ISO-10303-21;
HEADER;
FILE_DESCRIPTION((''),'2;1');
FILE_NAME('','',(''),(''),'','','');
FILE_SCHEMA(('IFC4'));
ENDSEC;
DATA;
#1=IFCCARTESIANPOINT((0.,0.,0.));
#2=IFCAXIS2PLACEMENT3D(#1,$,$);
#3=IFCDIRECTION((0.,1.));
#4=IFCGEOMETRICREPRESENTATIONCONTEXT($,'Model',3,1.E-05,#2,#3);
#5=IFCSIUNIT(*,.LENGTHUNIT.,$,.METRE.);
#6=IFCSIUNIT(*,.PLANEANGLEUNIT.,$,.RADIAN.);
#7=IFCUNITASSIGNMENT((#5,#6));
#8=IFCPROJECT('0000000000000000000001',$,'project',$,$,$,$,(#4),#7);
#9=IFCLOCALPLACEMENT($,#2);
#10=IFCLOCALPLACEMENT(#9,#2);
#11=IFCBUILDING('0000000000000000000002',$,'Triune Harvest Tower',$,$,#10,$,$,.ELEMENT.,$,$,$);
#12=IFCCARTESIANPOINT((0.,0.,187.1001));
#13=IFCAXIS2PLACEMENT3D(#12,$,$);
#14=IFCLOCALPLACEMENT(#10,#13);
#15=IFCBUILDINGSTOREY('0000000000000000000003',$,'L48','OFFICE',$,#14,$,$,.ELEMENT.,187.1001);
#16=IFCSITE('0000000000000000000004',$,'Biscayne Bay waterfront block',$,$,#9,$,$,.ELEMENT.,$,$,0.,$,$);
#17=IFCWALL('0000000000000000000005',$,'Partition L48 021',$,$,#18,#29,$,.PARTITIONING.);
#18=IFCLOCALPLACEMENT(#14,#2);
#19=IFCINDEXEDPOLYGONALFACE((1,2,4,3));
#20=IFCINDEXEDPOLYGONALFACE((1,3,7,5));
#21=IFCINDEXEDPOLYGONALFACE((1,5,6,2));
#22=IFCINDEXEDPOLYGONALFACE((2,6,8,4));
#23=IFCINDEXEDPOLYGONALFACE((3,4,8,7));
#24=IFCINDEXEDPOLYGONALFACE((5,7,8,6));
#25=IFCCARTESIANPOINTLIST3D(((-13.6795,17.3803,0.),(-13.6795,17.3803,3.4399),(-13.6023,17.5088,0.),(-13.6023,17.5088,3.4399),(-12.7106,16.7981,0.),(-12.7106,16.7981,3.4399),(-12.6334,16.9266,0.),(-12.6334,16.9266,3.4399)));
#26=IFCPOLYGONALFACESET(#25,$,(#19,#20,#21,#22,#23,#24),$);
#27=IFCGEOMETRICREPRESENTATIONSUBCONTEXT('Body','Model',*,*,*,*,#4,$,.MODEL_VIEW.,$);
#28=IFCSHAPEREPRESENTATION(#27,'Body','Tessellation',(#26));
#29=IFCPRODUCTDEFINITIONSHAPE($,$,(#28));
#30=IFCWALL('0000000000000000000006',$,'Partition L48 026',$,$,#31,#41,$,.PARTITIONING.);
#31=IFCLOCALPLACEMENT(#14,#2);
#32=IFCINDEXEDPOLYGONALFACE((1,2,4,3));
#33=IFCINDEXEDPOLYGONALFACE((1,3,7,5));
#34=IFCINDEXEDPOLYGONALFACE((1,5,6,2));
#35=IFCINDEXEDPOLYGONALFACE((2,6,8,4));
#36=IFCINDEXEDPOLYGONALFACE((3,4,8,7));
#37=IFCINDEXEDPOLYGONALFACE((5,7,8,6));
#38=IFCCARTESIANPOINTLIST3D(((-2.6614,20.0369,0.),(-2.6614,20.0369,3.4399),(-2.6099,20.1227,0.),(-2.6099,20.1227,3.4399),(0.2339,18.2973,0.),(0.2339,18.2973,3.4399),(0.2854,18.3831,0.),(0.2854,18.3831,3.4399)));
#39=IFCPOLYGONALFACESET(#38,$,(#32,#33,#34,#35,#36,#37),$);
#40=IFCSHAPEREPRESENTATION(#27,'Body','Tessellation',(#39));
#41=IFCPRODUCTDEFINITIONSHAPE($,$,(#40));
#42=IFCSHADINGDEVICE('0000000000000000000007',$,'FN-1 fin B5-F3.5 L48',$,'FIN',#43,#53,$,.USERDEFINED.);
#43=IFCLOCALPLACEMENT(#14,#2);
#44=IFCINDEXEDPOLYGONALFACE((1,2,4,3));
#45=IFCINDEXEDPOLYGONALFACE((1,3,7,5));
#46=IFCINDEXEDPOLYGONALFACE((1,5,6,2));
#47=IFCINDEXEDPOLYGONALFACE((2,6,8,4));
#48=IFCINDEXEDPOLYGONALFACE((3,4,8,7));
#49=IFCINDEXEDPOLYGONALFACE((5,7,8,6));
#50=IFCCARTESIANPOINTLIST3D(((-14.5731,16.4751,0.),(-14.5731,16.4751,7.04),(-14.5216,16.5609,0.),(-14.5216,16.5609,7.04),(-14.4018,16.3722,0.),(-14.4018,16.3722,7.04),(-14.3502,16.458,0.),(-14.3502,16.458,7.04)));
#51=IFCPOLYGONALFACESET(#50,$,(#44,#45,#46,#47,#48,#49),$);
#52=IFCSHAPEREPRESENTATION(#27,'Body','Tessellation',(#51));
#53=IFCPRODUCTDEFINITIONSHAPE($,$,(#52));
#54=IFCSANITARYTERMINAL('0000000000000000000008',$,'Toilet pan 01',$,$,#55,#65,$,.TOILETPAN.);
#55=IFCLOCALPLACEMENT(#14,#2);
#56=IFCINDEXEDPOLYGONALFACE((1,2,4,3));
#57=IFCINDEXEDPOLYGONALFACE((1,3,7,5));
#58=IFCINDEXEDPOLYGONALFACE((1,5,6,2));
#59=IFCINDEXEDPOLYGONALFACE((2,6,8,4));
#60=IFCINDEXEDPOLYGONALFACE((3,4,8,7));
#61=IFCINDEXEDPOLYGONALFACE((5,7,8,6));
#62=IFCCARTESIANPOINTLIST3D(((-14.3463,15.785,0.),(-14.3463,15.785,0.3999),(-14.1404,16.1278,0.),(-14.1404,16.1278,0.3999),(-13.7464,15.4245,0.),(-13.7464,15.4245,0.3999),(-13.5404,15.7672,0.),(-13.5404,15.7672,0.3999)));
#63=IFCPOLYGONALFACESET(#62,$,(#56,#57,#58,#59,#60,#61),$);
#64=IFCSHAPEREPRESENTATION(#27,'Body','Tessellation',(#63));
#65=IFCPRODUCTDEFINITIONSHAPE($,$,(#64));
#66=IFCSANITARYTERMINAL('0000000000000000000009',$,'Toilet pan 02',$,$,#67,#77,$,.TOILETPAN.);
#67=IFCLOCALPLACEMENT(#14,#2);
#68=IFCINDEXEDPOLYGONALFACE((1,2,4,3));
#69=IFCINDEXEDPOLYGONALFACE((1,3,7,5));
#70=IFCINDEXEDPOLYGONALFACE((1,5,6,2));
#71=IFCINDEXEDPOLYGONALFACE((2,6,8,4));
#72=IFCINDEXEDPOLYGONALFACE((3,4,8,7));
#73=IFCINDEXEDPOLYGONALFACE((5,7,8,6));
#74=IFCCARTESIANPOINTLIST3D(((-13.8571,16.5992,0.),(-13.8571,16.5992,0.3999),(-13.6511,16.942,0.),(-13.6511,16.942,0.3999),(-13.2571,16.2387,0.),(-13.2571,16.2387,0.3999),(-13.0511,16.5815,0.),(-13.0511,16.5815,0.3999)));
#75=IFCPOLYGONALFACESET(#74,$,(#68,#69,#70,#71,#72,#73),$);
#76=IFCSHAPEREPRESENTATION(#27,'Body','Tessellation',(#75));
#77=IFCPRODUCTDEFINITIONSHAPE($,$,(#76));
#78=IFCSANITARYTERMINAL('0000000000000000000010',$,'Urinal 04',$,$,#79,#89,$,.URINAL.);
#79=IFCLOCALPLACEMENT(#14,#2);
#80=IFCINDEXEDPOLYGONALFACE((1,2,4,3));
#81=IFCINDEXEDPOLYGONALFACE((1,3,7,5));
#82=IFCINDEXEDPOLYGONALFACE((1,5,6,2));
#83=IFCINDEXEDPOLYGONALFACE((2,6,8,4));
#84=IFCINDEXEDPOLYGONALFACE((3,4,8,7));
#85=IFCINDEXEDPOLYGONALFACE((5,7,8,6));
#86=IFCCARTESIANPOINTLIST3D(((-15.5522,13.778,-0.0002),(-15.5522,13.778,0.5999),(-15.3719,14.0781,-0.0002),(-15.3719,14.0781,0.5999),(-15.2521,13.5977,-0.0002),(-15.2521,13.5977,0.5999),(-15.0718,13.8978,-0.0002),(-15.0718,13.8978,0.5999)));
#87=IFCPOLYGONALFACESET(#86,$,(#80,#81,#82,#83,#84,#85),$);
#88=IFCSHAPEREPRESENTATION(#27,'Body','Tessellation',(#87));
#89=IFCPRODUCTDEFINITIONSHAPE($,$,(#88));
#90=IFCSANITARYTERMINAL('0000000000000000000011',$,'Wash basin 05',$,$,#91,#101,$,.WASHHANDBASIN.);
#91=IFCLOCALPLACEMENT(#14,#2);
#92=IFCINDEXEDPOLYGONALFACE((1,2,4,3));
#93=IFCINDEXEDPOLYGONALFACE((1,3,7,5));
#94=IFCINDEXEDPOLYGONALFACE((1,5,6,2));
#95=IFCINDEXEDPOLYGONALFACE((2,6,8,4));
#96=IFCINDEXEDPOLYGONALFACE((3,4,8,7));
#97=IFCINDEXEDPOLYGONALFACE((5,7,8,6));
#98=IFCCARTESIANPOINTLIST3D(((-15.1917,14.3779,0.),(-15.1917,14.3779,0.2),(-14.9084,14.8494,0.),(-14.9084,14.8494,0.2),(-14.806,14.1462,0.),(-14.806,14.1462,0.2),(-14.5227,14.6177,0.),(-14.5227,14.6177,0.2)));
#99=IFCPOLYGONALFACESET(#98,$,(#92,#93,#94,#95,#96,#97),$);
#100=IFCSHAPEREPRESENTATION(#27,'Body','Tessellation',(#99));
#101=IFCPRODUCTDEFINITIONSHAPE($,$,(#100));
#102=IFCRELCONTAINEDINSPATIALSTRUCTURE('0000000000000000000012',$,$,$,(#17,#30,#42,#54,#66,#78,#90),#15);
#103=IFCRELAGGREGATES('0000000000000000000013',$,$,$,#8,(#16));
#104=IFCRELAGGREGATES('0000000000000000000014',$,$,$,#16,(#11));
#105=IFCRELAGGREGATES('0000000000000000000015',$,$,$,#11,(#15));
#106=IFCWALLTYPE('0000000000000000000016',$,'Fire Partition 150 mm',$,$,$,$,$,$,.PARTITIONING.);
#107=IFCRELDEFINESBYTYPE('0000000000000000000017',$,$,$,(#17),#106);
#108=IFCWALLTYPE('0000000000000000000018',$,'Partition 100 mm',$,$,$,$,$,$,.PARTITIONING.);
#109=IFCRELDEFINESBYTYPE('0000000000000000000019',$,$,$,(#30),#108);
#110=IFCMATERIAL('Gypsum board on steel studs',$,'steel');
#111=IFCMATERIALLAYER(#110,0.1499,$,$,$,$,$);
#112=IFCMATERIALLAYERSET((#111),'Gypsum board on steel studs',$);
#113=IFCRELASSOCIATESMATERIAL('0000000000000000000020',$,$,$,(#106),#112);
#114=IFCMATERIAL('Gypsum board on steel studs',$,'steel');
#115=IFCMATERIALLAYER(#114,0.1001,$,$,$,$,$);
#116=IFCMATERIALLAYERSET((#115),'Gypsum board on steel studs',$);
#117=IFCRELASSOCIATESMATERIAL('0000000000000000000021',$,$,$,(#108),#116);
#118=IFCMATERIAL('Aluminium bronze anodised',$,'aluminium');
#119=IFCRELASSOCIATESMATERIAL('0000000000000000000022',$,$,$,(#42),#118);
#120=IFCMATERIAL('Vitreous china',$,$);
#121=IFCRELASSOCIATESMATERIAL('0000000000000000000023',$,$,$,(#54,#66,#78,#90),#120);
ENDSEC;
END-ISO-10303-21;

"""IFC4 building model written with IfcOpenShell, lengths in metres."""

from ifc_helpers import new_model, si_unit, direction, frame, frame_2d, origin, origin_2d, place, context, subcontext, project, spatial, rectangle, extrude, source, transform, mapped, material, layer, layer_set, type_object, element, save


model = new_model("IFC4")

# Units and contexts
model_context = context("Model", 3, precision=1e-05, world=origin(), true_north=direction((0.0, 1.0)))
body_context = subcontext(model_context, "Body", "Model", "MODEL_VIEW")
ifc_project = project(units=[si_unit("LENGTHUNIT", "METRE"), si_unit("PLANEANGLEUNIT", "RADIAN")], contexts=[model_context])

# Site, building, storey
site_placement = place(None, origin())
site = spatial("IfcSite", under=ifc_project, at=site_placement, Name="Biscayne Bay waterfront block", CompositionType="ELEMENT", RefElevation=0.0)
building_placement = place(site_placement, origin())
building = spatial("IfcBuilding", under=site, at=building_placement, Name="Triune Harvest Tower", CompositionType="ELEMENT")
storey_placement = place(building_placement, frame((0.0, 0.0, 187.1001)))
storey = spatial("IfcBuildingStorey", under=building, at=storey_placement, Name="L48", Description="OFFICE", CompositionType="ELEMENT", Elevation=187.1001)

# Shared definitions
ifc_material_1 = material(Name="Gypsum board on steel studs", Category="steel")
ifc_layer_1 = layer(ifc_material_1, 0.1499)
ifc_layer_set_1 = layer_set([ifc_layer_1], Name="Gypsum board on steel studs")
wall_type_1 = type_object("IfcWallType", Name="Fire Partition 150 mm", PredefinedType="PARTITIONING", material=ifc_layer_set_1)

# Walls
ifc_material_2 = material(Name="Gypsum board on steel studs", Category="steel")
ifc_layer_2 = layer(ifc_material_2, 0.1001)
ifc_layer_set_2 = layer_set([ifc_layer_2], Name="Gypsum board on steel studs")
wall_type_2 = type_object("IfcWallType", Name="Partition 100 mm", PredefinedType="PARTITIONING", material=ifc_layer_set_2)
shared_shape_1 = source(origin(), body_context, "Body", "SweptSolid", [
    extrude(rectangle(XDim=1.1304, YDim=0.1499, at=frame_2d((0.5652, 0.0))), origin(), (0.0, 0.0, 1.0), 3.4399),
])
wall_1_placement = place(storey_placement, frame((-13.6409, 17.4446, 0.0), z_axis=(0.0, 0.0, 1.0), x_axis=(0.85715, -0.515067, 0.0)))
element("IfcWall", 1, at=wall_1_placement, inside=storey, type_object=wall_type_1, Name="Partition L48 021", PredefinedType="PARTITIONING", context=body_context, shape_type="MappedRepresentation", body=[
    mapped(shared_shape_1, transform((0.0, 0.0, 0.0), scale=1.0)),
])
shared_shape_2 = source(origin(), body_context, "Body", "SweptSolid", [
    extrude(rectangle(XDim=3.3777, YDim=0.1001, at=frame_2d((1.689, 0.0))), origin(), (0.0, 0.0, 1.0), 3.4399),
])
wall_2_placement = place(storey_placement, frame((-2.6357, 20.0798, 0.0), z_axis=(0.0, 0.0, 1.0), x_axis=(0.857187, -0.515006, 0.0)))
element("IfcWall", 2, at=wall_2_placement, inside=storey, type_object=wall_type_2, Name="Partition L48 026", PredefinedType="PARTITIONING", context=body_context, shape_type="MappedRepresentation", body=[
    mapped(shared_shape_2, transform((0.0, 0.0, 0.0), scale=1.0)),
])

# Shading device
ifc_material_3 = material(Name="Aluminium bronze anodised", Category="aluminium")
shared_shape_3 = source(origin(), body_context, "Body", "SweptSolid", [
    extrude(rectangle(XDim=0.1001, YDim=0.2, at=origin_2d()), origin(), (0.0, 0.0, 1.0), 7.04),
])
shading_device_placement = place(storey_placement, frame((-14.4617, 16.4666, 0.0), z_axis=(0.0, 0.0, 1.0), x_axis=(-0.515037, -0.857168, 0.0)))
element("IfcShadingDevice", 3, at=shading_device_placement, inside=storey, material=ifc_material_3, Name="FN-1 fin B5-F3.5 L48", ObjectType="FIN", PredefinedType="USERDEFINED", context=body_context, shape_type="MappedRepresentation", body=[
    mapped(shared_shape_3, transform((0.0, 0.0, 0.0), scale=1.0)),
])

# Sanitary terminals
ifc_material_4 = material(Name="Vitreous china")
shared_shape_4 = source(origin(), body_context, "Body", "SweptSolid", [
    extrude(rectangle(XDim=0.3999, YDim=0.7, at=origin_2d()), origin(), (0.0, 0.0, 1.0), 0.3999),
])
for number, where, z_axis, x_axis, name in (
    (4, (-13.9434, 15.7761, 0.0), (0.0, 0.0, 1.0), (0.515068, 0.857149, 0.0), "Toilet pan 01"),
    (5, (-13.4541, 16.5903, 0.0), (0.0, 0.0, 1.0), (0.515068, 0.857149, 0.0), "Toilet pan 02"),
):
    element("IfcSanitaryTerminal", number, at=place(storey_placement, frame(where, z_axis=z_axis, x_axis=x_axis)), inside=storey, material=ifc_material_4, Name=name, PredefinedType="TOILETPAN", context=body_context, shape_type="MappedRepresentation", body=[
        mapped(shared_shape_4, transform((0.0, 0.0, 0.0), scale=1.0)),
    ])
shared_shape_5 = source(origin(), body_context, "Body", "SweptSolid", [
    extrude(rectangle(XDim=0.3501, YDim=0.3501, at=origin_2d()), origin(), (0.0, 0.0, 1.0), 0.6001),
])
sanitary_terminal_1_placement = place(storey_placement, frame((-15.312, 13.8379, -0.0002), z_axis=(0.0, 0.0, 1.0), x_axis=(0.515038, 0.857167, 0.0)))
element("IfcSanitaryTerminal", 6, at=sanitary_terminal_1_placement, inside=storey, material=ifc_material_4, Name="Urinal 04", PredefinedType="URINAL", context=body_context, shape_type="MappedRepresentation", body=[
    mapped(shared_shape_5, transform((0.0, 0.0, 0.0), scale=1.0)),
])
shared_shape_6 = source(origin(), body_context, "Body", "SweptSolid", [
    extrude(rectangle(XDim=0.55, YDim=0.45, at=origin_2d()), origin(), (0.0, 0.0, 1.0), 0.2),
])
sanitary_terminal_2_placement = place(storey_placement, frame((-14.8572, 14.4978, 0.0), z_axis=(0.0, 0.0, 1.0), x_axis=(0.515038, 0.857167, 0.0)))
element("IfcSanitaryTerminal", 7, at=sanitary_terminal_2_placement, inside=storey, material=ifc_material_4, Name="Wash basin 05", PredefinedType="WASHHANDBASIN", context=body_context, shape_type="MappedRepresentation", body=[
    mapped(shared_shape_6, transform((0.0, 0.0, 0.0), scale=1.0)),
])

save(model, "model.ifc")
